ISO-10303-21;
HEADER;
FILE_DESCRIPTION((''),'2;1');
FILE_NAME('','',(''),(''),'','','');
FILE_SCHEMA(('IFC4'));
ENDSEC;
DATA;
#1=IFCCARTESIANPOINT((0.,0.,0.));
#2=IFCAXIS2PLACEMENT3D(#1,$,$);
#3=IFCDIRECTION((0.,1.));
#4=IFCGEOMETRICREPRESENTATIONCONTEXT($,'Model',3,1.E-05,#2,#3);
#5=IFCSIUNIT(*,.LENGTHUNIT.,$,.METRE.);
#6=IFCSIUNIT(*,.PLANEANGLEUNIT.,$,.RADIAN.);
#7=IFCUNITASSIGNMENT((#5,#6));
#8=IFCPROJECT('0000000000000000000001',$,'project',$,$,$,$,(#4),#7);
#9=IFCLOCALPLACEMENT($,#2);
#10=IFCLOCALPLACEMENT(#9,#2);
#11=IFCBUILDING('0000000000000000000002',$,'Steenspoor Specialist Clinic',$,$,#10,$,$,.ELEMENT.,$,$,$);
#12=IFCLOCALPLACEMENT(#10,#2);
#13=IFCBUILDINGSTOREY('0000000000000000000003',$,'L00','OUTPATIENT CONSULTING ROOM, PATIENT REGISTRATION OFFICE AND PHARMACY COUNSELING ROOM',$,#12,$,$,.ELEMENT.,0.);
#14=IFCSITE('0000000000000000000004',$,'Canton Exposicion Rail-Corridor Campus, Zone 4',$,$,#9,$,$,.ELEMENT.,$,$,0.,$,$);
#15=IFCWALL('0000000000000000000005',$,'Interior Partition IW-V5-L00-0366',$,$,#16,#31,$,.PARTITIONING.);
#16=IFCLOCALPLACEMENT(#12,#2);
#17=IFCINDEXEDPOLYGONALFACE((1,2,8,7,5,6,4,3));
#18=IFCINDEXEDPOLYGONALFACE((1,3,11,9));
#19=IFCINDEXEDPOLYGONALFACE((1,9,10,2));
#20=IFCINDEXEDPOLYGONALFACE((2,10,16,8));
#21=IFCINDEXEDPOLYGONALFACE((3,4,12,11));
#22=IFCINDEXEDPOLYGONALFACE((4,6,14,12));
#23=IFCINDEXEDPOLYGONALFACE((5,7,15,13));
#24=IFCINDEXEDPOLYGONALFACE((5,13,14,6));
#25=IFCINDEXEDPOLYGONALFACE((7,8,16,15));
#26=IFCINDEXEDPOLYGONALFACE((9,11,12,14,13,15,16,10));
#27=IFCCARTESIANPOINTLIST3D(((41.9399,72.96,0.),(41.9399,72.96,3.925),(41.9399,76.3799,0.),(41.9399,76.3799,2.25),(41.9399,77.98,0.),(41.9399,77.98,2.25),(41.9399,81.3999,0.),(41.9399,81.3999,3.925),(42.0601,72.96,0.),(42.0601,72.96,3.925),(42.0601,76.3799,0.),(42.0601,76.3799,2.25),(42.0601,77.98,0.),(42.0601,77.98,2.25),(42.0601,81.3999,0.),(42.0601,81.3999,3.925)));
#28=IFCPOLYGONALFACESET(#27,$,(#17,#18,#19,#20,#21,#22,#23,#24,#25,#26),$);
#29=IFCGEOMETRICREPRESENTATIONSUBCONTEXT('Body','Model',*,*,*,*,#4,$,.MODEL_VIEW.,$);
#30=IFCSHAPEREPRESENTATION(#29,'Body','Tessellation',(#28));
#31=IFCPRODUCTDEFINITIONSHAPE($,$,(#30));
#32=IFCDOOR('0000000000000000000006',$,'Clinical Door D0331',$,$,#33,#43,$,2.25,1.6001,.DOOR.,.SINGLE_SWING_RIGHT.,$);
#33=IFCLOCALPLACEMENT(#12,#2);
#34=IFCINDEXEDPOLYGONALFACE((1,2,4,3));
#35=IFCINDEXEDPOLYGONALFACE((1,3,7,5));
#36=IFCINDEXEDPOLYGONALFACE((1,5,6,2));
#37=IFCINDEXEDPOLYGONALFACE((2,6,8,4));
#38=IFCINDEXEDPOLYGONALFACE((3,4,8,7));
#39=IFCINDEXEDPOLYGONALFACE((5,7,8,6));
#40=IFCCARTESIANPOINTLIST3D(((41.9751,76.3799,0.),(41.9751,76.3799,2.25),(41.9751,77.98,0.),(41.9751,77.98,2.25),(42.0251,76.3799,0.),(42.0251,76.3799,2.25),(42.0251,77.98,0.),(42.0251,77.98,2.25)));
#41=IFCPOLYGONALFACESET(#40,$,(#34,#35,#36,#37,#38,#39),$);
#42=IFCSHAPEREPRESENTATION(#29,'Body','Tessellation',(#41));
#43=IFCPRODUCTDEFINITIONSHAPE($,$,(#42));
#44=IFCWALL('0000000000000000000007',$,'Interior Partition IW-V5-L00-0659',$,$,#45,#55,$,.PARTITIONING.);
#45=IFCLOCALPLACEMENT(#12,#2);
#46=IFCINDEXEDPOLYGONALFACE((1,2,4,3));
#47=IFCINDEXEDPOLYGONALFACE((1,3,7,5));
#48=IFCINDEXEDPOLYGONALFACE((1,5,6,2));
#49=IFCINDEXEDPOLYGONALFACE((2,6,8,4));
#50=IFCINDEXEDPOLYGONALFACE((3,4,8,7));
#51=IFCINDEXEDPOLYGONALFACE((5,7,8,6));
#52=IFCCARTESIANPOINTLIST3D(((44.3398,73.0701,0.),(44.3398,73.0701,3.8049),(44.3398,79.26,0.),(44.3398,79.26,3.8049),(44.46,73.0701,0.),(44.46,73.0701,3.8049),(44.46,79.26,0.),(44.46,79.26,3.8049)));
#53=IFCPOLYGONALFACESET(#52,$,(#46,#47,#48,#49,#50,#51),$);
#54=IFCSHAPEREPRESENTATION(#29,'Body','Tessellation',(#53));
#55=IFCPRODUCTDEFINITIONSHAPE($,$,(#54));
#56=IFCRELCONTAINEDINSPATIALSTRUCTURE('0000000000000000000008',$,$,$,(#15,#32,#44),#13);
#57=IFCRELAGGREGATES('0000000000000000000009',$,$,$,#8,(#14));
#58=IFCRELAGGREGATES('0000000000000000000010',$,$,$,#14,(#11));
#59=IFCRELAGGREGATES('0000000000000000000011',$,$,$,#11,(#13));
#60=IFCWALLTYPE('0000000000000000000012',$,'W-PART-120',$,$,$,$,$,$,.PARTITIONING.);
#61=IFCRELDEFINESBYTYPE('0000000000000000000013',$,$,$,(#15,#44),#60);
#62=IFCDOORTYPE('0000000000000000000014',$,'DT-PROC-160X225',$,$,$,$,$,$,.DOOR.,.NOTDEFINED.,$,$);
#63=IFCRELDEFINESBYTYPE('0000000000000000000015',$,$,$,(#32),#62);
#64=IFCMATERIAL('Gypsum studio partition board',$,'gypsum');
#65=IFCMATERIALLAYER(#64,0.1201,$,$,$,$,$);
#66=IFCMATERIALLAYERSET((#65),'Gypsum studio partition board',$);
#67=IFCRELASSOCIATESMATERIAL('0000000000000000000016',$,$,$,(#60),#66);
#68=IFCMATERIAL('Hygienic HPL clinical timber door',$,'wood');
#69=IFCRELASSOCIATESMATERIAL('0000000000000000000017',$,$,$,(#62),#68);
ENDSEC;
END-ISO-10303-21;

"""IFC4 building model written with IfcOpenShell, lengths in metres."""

from ifc_helpers import new_model, si_unit, direction, frame, frame_2d, origin, place, context, subcontext, project, spatial, rectangle, extrude, material, layer, layer_set, type_object, element, fill, save


model = new_model("IFC4")

# Units and contexts
model_context = context("Model", 3, precision=1e-05, world=origin(), true_north=direction((0.0, 1.0)))
body_context = subcontext(model_context, "Body", "Model", "MODEL_VIEW")
ifc_project = project(units=[si_unit("LENGTHUNIT", "METRE"), si_unit("PLANEANGLEUNIT", "RADIAN")], contexts=[model_context])

# Site, building, storey
site_placement = place(None, origin())
site = spatial("IfcSite", under=ifc_project, at=site_placement, Name="Canton Exposicion Rail-Corridor Campus, Zone 4", CompositionType="ELEMENT", RefElevation=0.0)
building_placement = place(site_placement, origin())
building = spatial("IfcBuilding", under=site, at=building_placement, Name="Steenspoor Specialist Clinic", CompositionType="ELEMENT")
storey_placement = place(building_placement, origin())
storey = spatial("IfcBuildingStorey", under=building, at=storey_placement, Name="L00", Description="OUTPATIENT CONSULTING ROOM, PATIENT REGISTRATION OFFICE AND PHARMACY COUNSELING ROOM", CompositionType="ELEMENT", Elevation=0.0)

# Wall, opening, door
ifc_material_1 = material(Name="Gypsum studio partition board", Category="gypsum")
ifc_layer_1 = layer(ifc_material_1, 0.1201)
ifc_layer_set_1 = layer_set([ifc_layer_1], Name="Gypsum studio partition board")
wall_type_1 = type_object("IfcWallType", Name="W-PART-120", PredefinedType="PARTITIONING", material=ifc_layer_set_1)
wall_1_placement = place(storey_placement, frame((42.0, 72.96, 0.0), z_axis=(0.0, 0.0, 1.0), x_axis=(0.0, 1.0, 0.0)))
wall_1 = element("IfcWall", 1, at=wall_1_placement, inside=storey, type_object=wall_type_1, Name="Interior Partition IW-V5-L00-0366", PredefinedType="PARTITIONING", context=body_context, shape_type="SweptSolid", body=[
    extrude(rectangle(XDim=8.4399, YDim=0.1201, at=frame_2d((4.22, 0.0))), origin(), (0.0, 0.0, 1.0), 3.925),
])
opening_1_placement = place(wall_1_placement, frame((3.4199, 0.0, 0.0)))
opening_1 = element("IfcOpeningElement", 2, at=opening_1_placement, cuts=wall_1, PredefinedType="OPENING", context=body_context, shape_type="SweptSolid", body=[
    extrude(rectangle(XDim=1.6001, YDim=2.25, at=frame_2d((0.8, 1.125))), frame((0.0, 0.0701, 0.0), z_axis=(0.0, -1.0, 0.0), x_axis=(1.0, 0.0, 0.0)), (0.0, 0.0, 1.0), 0.1401),
])
ifc_material_2 = material(Name="Hygienic HPL clinical timber door", Category="wood")
door_type_1 = type_object("IfcDoorType", Name="DT-PROC-160X225", OperationType="NOTDEFINED", PredefinedType="DOOR", material=ifc_material_2)
door_1_placement = place(opening_1_placement, origin())
door_1 = element("IfcDoor", 3, at=door_1_placement, inside=storey, type_object=door_type_1, Name="Clinical Door D0331", OperationType="SINGLE_SWING_RIGHT", OverallHeight=2.25, OverallWidth=1.6001, PredefinedType="DOOR", context=body_context, shape_type="SweptSolid", body=[
    extrude(rectangle(XDim=1.6001, YDim=2.25, at=frame_2d((0.8, 1.125))), frame((0.0, 0.0249, 0.0), z_axis=(0.0, -1.0, 0.0), x_axis=(1.0, 0.0, 0.0)), (0.0, 0.0, 1.0), 0.05),
])
fill(opening_1, door_1)

# Wall
wall_2_placement = place(storey_placement, frame((44.3999, 73.0701, 0.0), z_axis=(0.0, 0.0, 1.0), x_axis=(0.0, 1.0, 0.0)))
element("IfcWall", 4, at=wall_2_placement, inside=storey, type_object=wall_type_1, Name="Interior Partition IW-V5-L00-0659", PredefinedType="PARTITIONING", context=body_context, shape_type="SweptSolid", body=[
    extrude(rectangle(XDim=6.1899, YDim=0.1201, at=frame_2d((3.095, 0.0))), origin(), (0.0, 0.0, 1.0), 3.8049),
])

save(model, "model.ifc")
